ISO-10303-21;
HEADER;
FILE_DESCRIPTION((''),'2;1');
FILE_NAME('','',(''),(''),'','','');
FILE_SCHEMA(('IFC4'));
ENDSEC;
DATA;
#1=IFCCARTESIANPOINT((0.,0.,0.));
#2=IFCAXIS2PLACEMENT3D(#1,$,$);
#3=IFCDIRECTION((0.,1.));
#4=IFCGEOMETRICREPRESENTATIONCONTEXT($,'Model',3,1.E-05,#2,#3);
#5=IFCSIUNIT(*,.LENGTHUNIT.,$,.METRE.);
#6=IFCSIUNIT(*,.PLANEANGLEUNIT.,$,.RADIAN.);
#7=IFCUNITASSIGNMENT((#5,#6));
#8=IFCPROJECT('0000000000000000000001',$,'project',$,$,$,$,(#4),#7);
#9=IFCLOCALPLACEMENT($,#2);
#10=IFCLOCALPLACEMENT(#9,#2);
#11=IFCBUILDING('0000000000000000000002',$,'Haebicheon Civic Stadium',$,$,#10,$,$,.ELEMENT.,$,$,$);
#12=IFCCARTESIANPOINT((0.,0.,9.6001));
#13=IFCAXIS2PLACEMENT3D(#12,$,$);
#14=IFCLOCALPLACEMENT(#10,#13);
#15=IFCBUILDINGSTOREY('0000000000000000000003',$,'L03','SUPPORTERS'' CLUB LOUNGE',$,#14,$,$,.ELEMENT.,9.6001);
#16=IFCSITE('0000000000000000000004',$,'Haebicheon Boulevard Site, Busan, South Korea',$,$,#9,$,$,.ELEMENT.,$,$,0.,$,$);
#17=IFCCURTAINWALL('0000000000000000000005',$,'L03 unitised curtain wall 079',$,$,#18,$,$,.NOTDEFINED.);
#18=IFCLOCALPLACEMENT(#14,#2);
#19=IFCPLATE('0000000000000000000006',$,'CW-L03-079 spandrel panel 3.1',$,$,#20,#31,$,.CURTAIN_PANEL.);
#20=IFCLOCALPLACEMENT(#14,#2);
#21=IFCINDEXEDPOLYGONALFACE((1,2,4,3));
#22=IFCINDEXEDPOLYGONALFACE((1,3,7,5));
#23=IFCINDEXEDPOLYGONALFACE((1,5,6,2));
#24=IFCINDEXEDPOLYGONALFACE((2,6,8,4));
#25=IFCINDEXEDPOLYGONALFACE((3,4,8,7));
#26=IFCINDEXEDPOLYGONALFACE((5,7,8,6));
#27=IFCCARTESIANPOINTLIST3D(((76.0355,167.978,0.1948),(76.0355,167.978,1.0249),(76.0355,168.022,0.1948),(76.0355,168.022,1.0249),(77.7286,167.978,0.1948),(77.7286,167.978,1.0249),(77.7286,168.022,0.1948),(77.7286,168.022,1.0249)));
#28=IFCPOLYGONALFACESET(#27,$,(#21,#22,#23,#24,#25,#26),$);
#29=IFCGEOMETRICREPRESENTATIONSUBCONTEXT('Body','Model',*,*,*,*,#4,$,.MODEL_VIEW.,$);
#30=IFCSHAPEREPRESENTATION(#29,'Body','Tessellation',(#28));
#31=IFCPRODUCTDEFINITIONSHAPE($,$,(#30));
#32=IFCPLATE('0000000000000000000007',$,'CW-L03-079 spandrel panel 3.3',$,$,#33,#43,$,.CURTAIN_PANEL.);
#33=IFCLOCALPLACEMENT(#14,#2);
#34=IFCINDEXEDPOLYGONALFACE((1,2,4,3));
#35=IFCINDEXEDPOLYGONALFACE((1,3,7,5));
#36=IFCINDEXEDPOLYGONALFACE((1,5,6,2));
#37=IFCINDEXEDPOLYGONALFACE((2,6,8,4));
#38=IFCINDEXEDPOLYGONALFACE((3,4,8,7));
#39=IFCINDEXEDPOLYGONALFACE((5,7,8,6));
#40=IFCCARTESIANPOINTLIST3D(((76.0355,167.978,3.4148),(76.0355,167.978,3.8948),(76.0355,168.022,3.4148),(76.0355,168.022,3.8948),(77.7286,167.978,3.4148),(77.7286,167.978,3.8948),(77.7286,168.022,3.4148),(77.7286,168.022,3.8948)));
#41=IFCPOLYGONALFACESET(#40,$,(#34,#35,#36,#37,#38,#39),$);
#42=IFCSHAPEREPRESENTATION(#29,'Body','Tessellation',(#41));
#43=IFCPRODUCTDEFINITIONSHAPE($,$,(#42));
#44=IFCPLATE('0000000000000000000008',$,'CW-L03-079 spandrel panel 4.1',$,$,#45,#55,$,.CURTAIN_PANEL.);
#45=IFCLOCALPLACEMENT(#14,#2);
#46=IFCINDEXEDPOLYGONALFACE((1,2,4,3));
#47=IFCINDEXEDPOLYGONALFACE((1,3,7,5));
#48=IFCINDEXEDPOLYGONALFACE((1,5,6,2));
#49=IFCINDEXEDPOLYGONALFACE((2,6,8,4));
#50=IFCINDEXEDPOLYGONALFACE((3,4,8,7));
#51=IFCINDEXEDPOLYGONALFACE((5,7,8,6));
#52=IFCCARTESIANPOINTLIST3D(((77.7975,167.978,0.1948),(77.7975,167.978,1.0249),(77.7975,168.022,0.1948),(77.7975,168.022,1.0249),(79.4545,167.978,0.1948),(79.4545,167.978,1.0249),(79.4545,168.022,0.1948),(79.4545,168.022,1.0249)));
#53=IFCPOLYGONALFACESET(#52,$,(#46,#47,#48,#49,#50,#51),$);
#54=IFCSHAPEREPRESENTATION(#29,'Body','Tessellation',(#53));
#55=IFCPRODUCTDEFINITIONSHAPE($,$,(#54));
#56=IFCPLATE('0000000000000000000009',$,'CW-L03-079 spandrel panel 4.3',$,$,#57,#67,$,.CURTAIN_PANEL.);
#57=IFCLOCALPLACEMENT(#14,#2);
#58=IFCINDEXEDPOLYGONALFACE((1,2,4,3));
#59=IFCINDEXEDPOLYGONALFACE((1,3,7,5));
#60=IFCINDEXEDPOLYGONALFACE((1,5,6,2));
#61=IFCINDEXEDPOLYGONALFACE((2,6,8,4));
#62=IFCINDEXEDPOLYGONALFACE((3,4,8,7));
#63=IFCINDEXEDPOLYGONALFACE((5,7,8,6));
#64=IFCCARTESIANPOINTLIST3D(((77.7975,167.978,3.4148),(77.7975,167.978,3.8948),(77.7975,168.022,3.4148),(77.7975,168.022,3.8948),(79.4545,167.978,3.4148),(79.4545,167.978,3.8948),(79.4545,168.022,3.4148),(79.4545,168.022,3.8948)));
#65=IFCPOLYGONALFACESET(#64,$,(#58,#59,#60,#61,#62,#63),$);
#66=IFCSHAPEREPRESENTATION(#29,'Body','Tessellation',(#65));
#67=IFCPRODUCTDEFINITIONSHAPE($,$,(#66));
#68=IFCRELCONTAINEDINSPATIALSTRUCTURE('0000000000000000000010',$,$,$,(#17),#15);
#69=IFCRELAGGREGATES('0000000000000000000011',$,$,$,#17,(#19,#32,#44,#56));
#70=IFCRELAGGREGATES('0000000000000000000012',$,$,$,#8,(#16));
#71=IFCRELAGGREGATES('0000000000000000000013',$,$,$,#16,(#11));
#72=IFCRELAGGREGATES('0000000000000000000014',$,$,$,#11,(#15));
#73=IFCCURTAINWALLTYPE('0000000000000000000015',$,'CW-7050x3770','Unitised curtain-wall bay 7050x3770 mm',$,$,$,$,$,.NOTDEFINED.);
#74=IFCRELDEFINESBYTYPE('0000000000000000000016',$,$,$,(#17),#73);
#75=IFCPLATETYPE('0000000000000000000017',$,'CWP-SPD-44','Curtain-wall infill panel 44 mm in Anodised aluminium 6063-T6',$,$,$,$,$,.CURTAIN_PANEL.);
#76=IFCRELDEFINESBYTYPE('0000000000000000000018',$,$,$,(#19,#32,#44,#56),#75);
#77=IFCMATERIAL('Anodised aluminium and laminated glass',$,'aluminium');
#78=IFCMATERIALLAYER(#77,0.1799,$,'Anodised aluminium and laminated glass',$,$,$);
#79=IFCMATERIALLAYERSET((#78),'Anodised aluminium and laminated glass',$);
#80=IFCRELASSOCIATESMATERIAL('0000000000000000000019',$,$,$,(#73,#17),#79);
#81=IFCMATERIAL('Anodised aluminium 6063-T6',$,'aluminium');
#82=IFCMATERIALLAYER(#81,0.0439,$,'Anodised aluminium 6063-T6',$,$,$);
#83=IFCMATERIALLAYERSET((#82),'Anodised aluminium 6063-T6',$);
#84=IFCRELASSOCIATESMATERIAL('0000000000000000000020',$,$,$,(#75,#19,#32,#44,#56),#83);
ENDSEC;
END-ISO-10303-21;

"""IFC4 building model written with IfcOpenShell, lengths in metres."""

from ifc_helpers import new_model, si_unit, direction, frame, origin, origin_2d, place, context, subcontext, project, spatial, rectangle, extrude, material, layer, layer_set, type_object, element, aggregate, save


model = new_model("IFC4")

# Units and contexts
model_context = context("Model", 3, precision=1e-05, world=origin(), true_north=direction((0.0, 1.0)))
body_context = subcontext(model_context, "Body", "Model", "MODEL_VIEW")
ifc_project = project(units=[si_unit("LENGTHUNIT", "METRE"), si_unit("PLANEANGLEUNIT", "RADIAN")], contexts=[model_context])

# Site, building, storey
site_placement = place(None, origin())
site = spatial("IfcSite", under=ifc_project, at=site_placement, Name="Haebicheon Boulevard Site, Busan, South Korea", CompositionType="ELEMENT", RefElevation=0.0)
building_placement = place(site_placement, origin())
building = spatial("IfcBuilding", under=site, at=building_placement, Name="Haebicheon Civic Stadium", CompositionType="ELEMENT")
storey_placement = place(building_placement, frame((0.0, 0.0, 9.6001)))
storey = spatial("IfcBuildingStorey", under=building, at=storey_placement, Name="L03", Description="SUPPORTERS' CLUB LOUNGE", CompositionType="ELEMENT", Elevation=9.6001)

# Curtain wall
ifc_material_1 = material(Name="Anodised aluminium and laminated glass", Category="aluminium")
ifc_layer_1 = layer(ifc_material_1, 0.1799, Name="Anodised aluminium and laminated glass")
ifc_layer_set_1 = layer_set([ifc_layer_1], Name="Anodised aluminium and laminated glass")
curtain_wall_type = type_object("IfcCurtainWallType", Name="CW-7050x3770", Description="Unitised curtain-wall bay 7050x3770 mm", PredefinedType="NOTDEFINED", material=ifc_layer_set_1)
curtain_wall_placement = place(storey_placement, origin())
curtain_wall = element("IfcCurtainWall", 1, at=curtain_wall_placement, inside=storey, type_object=curtain_wall_type, material=ifc_layer_set_1, Name="L03 unitised curtain wall 079", PredefinedType="NOTDEFINED")

# Plates
ifc_material_2 = material(Name="Anodised aluminium 6063-T6", Category="aluminium")
ifc_layer_2 = layer(ifc_material_2, 0.0439, Name="Anodised aluminium 6063-T6")
ifc_layer_set_2 = layer_set([ifc_layer_2], Name="Anodised aluminium 6063-T6")
plate_type_1 = type_object("IfcPlateType", Name="CWP-SPD-44", Description="Curtain-wall infill panel 44 mm in Anodised aluminium 6063-T6", PredefinedType="CURTAIN_PANEL", material=ifc_layer_set_2)
plate_1_placement = place(storey_placement, frame((76.8821, 168.0, 0.1948), z_axis=(0.0, 0.0, 1.0), x_axis=(1.0, 0.0, 0.0)))
plate_1 = element("IfcPlate", 2, at=plate_1_placement, type_object=plate_type_1, material=ifc_layer_set_2, Name="CW-L03-079 spandrel panel 3.1", PredefinedType="CURTAIN_PANEL", context=body_context, shape_type="SweptSolid", body=[
    extrude(rectangle(XDim=1.6931, YDim=0.0439, at=origin_2d()), origin(), (0.0, 0.0, 1.0), 0.8301),
])
plate_2_placement = place(storey_placement, frame((76.8821, 168.0, 3.4148), z_axis=(0.0, 0.0, 1.0), x_axis=(1.0, 0.0, 0.0)))
plate_2 = element("IfcPlate", 3, at=plate_2_placement, type_object=plate_type_1, material=ifc_layer_set_2, Name="CW-L03-079 spandrel panel 3.3", PredefinedType="CURTAIN_PANEL", context=body_context, shape_type="SweptSolid", body=[
    extrude(rectangle(XDim=1.6931, YDim=0.0439, at=origin_2d()), origin(), (0.0, 0.0, 1.0), 0.48),
])
plate_3_placement = place(storey_placement, frame((78.626, 168.0, 0.1948), z_axis=(0.0, 0.0, 1.0), x_axis=(1.0, 0.0, 0.0)))
plate_3 = element("IfcPlate", 4, at=plate_3_placement, type_object=plate_type_1, material=ifc_layer_set_2, Name="CW-L03-079 spandrel panel 4.1", PredefinedType="CURTAIN_PANEL", context=body_context, shape_type="SweptSolid", body=[
    extrude(rectangle(XDim=1.657, YDim=0.0439, at=origin_2d()), origin(), (0.0, 0.0, 1.0), 0.8301),
])
plate_4_placement = place(storey_placement, frame((78.626, 168.0, 3.4148), z_axis=(0.0, 0.0, 1.0), x_axis=(1.0, 0.0, 0.0)))
plate_4 = element("IfcPlate", 5, at=plate_4_placement, type_object=plate_type_1, material=ifc_layer_set_2, Name="CW-L03-079 spandrel panel 4.3", PredefinedType="CURTAIN_PANEL", context=body_context, shape_type="SweptSolid", body=[
    extrude(rectangle(XDim=1.657, YDim=0.0439, at=origin_2d()), origin(), (0.0, 0.0, 1.0), 0.48),
])
aggregate(curtain_wall, [plate_1, plate_2, plate_3, plate_4])

save(model, "model.ifc")
